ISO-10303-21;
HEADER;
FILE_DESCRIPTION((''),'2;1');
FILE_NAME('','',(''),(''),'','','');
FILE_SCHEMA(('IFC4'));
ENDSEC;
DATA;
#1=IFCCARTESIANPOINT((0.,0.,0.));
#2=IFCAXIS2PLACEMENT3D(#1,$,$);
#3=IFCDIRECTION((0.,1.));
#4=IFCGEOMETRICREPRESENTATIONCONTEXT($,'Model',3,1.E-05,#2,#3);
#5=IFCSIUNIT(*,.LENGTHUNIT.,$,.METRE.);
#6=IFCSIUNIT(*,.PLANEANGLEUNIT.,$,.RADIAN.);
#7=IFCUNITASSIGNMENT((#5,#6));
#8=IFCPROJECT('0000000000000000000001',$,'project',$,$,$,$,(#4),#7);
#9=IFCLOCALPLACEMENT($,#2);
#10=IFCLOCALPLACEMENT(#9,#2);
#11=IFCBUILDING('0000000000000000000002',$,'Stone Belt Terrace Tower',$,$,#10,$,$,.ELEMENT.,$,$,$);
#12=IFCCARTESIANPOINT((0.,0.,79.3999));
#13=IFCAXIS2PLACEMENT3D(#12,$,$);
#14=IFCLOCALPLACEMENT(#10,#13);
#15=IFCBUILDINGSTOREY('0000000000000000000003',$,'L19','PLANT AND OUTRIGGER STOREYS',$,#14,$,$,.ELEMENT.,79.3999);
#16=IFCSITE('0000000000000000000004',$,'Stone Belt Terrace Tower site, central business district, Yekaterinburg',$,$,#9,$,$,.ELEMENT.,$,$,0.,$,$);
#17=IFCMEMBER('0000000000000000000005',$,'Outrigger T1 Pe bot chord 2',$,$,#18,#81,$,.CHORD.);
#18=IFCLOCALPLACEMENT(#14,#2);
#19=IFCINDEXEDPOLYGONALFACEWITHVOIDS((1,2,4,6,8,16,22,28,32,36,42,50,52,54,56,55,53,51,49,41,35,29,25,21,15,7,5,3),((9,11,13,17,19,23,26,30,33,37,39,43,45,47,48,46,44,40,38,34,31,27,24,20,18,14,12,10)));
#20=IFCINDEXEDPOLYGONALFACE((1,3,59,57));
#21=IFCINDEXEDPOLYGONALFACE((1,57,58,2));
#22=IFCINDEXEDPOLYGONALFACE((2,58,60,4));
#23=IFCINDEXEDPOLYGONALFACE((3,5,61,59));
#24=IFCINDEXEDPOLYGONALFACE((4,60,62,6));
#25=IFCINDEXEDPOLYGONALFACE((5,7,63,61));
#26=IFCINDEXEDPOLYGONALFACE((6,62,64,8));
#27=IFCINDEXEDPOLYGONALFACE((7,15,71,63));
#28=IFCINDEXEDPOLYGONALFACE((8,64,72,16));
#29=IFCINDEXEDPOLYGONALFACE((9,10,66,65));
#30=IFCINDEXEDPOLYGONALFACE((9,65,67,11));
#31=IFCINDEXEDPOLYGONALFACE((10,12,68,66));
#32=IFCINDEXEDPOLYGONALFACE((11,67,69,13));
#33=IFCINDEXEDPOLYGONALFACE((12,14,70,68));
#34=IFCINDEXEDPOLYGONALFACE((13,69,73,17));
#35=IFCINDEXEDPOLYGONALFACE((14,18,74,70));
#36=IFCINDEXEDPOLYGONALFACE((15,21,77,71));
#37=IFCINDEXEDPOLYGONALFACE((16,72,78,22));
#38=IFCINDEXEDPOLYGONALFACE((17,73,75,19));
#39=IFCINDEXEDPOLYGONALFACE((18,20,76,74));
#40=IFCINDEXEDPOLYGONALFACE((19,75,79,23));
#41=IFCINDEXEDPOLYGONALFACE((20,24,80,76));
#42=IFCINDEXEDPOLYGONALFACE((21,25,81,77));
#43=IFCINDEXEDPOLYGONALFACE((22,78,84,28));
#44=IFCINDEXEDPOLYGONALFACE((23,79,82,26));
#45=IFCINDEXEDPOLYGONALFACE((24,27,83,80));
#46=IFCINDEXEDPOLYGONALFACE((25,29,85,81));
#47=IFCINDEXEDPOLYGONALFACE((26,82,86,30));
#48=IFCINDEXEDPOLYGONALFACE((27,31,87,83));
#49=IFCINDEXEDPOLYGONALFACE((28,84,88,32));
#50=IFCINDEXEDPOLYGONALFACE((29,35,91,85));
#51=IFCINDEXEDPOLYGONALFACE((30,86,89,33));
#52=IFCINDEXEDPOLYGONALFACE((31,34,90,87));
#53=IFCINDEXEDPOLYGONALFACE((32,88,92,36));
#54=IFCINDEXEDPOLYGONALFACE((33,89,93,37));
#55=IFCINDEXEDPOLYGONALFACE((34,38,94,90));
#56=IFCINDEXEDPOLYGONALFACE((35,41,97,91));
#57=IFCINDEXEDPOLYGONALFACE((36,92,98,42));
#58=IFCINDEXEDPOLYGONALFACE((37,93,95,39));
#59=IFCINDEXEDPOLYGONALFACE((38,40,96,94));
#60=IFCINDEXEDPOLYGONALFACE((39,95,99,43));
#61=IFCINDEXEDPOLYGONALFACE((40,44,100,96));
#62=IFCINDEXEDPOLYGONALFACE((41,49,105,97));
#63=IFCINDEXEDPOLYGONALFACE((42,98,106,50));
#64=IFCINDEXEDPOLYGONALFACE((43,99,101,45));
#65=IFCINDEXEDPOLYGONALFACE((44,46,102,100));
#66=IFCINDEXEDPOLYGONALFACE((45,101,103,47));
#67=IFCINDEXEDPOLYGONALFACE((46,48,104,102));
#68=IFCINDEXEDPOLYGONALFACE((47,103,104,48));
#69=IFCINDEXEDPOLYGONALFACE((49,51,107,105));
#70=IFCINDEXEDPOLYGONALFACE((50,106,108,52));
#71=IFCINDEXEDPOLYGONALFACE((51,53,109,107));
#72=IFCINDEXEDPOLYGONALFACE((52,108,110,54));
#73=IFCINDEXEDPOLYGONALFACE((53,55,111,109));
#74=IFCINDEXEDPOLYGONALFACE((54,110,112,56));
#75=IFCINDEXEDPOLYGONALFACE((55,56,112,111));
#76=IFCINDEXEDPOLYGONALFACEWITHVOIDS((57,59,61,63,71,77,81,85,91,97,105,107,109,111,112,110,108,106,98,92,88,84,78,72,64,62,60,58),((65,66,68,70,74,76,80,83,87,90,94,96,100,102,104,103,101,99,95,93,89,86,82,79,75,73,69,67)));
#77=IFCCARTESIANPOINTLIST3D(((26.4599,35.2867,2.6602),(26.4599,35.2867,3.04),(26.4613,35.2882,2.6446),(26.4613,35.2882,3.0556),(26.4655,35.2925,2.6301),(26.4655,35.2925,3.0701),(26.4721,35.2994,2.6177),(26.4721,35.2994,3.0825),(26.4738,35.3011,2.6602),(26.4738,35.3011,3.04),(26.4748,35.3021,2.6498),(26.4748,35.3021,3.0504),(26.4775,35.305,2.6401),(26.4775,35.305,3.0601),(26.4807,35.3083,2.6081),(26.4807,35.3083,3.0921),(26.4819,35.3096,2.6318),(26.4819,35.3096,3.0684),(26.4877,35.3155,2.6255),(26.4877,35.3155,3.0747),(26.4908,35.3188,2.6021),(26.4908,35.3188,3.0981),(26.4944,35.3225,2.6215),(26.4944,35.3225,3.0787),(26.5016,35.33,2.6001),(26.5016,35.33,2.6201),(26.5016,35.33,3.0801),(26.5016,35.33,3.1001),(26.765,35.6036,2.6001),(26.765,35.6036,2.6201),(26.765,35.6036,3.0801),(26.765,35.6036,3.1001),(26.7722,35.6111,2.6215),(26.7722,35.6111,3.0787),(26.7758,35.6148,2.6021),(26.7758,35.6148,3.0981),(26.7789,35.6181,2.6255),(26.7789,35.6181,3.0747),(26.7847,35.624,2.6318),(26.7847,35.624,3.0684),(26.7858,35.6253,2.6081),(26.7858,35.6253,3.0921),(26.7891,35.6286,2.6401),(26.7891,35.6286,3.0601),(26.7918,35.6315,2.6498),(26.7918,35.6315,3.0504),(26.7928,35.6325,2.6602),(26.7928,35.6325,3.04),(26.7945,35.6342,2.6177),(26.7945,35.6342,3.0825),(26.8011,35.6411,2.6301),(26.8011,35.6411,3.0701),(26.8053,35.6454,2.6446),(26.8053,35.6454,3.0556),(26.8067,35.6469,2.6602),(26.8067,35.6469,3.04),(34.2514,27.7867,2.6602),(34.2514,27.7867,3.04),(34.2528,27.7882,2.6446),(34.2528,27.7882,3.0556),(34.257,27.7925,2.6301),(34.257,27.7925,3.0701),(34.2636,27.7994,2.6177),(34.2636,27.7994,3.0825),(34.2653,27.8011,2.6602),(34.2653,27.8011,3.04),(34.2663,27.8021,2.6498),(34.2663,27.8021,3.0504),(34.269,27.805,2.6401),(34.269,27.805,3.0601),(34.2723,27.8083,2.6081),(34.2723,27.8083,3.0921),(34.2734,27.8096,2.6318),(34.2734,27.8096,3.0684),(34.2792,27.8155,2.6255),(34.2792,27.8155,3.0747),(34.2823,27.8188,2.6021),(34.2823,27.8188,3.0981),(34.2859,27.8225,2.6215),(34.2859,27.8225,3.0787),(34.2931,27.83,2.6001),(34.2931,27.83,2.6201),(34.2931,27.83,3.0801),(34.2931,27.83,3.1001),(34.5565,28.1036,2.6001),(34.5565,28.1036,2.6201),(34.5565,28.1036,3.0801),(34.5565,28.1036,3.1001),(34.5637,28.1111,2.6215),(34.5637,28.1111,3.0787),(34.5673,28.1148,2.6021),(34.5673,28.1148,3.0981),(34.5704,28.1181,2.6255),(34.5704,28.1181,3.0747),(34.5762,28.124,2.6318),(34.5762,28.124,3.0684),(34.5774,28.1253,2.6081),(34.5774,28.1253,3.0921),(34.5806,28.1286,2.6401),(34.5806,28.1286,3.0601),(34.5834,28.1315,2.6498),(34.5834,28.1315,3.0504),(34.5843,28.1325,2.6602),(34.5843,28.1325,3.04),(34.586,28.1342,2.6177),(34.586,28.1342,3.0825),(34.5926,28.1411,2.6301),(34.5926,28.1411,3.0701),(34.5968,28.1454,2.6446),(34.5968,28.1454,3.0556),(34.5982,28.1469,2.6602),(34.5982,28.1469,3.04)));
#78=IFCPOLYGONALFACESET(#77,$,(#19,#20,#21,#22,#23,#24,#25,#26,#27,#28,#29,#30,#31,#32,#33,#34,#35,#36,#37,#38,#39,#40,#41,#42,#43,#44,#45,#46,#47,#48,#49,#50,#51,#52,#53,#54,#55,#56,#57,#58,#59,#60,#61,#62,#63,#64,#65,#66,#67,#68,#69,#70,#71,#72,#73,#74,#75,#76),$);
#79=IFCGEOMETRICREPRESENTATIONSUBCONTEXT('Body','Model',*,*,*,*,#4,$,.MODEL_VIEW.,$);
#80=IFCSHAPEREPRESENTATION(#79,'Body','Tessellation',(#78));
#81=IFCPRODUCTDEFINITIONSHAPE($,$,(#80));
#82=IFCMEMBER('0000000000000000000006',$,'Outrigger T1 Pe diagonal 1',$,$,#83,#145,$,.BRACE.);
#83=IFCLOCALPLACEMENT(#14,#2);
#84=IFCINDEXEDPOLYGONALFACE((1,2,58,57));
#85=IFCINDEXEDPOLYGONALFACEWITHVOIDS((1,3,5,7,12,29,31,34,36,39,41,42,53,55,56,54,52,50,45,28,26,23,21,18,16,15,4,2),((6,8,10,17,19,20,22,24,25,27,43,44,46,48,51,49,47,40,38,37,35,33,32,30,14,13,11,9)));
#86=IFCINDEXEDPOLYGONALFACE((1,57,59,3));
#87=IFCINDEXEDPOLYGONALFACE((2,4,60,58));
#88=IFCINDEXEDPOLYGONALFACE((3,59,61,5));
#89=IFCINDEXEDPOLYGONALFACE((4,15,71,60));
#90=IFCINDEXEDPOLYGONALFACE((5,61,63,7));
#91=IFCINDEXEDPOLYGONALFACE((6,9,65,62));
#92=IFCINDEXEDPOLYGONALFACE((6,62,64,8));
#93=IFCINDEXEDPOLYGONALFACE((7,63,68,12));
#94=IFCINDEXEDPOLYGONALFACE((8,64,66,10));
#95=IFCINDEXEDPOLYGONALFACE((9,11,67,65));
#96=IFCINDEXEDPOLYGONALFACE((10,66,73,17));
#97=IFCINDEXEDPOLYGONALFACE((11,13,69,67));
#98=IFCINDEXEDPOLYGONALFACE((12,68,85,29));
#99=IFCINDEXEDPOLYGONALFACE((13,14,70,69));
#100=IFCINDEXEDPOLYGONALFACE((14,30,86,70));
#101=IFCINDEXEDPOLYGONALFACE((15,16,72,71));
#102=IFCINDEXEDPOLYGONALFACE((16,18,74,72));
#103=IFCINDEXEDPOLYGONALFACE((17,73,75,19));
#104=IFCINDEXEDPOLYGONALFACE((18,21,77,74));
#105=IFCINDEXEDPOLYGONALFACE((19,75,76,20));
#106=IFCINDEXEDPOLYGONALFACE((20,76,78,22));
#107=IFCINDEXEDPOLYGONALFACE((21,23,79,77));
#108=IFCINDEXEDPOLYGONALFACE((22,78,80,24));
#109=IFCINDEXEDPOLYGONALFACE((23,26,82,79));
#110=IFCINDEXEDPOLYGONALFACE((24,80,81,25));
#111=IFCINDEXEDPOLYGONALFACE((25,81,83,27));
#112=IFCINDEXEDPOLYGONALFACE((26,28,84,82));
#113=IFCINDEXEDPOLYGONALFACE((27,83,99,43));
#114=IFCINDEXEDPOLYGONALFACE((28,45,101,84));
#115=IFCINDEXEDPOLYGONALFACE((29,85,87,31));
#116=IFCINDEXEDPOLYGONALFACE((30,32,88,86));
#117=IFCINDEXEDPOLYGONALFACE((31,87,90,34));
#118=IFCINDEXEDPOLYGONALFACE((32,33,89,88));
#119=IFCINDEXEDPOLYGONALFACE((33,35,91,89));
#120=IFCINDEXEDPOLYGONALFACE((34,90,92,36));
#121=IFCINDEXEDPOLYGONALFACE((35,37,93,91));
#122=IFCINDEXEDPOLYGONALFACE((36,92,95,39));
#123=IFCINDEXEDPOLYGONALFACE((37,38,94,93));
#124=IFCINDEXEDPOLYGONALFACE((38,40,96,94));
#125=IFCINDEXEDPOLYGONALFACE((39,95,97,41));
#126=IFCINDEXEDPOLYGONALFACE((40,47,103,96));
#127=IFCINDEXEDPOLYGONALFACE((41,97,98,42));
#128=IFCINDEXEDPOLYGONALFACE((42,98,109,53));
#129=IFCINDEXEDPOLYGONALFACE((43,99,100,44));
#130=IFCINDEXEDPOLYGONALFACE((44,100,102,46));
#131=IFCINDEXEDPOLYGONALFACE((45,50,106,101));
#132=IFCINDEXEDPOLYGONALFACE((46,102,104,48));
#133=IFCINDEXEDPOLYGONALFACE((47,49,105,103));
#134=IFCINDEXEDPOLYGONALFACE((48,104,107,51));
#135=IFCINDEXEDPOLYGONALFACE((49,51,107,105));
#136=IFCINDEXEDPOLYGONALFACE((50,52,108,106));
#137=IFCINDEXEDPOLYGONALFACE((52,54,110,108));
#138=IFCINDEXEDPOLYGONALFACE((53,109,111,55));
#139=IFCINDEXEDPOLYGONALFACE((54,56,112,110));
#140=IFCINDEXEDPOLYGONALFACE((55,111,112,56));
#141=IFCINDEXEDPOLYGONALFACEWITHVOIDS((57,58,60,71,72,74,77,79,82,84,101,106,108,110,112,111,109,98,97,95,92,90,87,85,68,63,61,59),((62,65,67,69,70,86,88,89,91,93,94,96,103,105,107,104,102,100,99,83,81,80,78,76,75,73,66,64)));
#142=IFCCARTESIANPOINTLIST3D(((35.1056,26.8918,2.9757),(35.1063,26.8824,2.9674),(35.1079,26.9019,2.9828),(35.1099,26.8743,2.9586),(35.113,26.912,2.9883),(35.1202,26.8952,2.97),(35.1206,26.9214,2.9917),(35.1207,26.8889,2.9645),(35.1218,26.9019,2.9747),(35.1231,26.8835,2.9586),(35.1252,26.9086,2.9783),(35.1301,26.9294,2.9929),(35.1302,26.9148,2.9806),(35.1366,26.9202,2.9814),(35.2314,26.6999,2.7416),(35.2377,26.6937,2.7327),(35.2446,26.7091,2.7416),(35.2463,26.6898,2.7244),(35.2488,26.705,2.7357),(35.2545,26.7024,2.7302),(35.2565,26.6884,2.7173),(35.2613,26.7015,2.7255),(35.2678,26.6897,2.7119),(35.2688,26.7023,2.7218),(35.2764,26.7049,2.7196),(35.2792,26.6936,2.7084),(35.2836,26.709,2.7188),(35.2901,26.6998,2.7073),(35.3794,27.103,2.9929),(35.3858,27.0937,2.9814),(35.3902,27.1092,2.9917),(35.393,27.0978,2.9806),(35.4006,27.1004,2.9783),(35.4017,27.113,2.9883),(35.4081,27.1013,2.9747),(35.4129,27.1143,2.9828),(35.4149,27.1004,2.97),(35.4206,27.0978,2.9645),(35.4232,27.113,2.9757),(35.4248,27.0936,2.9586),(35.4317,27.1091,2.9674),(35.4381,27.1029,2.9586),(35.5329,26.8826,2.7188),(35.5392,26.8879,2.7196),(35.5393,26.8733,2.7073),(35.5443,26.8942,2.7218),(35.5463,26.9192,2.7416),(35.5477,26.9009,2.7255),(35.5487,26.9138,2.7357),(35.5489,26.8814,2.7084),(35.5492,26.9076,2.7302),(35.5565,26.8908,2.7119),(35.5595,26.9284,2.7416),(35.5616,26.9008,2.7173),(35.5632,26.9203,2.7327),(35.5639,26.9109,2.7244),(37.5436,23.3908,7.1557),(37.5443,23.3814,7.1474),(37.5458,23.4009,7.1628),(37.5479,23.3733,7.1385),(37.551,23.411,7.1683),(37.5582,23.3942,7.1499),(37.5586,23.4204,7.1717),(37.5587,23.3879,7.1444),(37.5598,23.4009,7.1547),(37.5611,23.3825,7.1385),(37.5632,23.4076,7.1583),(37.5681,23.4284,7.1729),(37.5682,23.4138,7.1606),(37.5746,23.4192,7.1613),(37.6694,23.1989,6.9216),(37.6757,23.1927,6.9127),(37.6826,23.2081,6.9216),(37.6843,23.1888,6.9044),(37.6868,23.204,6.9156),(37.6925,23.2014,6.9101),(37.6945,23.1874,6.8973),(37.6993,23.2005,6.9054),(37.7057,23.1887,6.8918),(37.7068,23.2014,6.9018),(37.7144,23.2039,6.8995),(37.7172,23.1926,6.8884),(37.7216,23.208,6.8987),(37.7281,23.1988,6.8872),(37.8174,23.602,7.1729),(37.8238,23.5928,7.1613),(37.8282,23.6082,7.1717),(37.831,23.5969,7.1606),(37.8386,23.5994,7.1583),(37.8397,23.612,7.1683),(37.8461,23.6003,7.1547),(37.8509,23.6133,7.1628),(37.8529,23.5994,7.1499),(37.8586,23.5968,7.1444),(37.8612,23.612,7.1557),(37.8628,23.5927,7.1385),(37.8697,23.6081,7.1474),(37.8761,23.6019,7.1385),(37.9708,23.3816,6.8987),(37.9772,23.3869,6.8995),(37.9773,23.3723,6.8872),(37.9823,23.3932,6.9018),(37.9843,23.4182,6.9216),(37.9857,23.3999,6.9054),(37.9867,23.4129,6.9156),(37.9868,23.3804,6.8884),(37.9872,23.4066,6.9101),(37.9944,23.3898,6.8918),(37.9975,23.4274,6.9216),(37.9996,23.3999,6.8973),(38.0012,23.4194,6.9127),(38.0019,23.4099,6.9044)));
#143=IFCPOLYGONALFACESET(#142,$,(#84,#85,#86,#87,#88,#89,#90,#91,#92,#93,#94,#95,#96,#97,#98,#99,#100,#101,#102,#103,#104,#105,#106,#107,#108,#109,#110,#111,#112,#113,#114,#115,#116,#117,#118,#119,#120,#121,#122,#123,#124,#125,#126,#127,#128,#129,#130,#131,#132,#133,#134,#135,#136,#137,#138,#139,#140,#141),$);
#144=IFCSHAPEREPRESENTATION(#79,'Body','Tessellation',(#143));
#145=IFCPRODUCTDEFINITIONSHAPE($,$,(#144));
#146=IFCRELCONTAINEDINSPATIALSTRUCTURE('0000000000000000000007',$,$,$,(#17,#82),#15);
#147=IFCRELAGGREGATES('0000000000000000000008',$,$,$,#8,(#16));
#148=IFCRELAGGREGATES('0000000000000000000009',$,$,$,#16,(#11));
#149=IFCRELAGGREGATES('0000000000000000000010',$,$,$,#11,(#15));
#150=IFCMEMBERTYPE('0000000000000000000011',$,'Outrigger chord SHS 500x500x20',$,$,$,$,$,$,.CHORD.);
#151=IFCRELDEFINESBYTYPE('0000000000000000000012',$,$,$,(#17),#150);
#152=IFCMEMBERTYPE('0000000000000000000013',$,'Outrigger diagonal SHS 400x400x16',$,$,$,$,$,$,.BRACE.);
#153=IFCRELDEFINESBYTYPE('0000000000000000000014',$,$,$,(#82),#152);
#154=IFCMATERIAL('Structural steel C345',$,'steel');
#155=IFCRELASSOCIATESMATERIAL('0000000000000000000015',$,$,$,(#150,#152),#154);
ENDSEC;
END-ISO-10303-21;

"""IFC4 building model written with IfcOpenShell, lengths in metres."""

from ifc_helpers import new_model, si_unit, direction, frame, origin, origin_2d, place, context, subcontext, project, spatial, hollow_rectangle, extrude, material, material_profile, profile_set, type_object, element, save


model = new_model("IFC4")

# Units and contexts
model_context = context("Model", 3, precision=1e-05, world=origin(), true_north=direction((0.0, 1.0)))
body_context = subcontext(model_context, "Body", "Model", "MODEL_VIEW")
ifc_project = project(units=[si_unit("LENGTHUNIT", "METRE"), si_unit("PLANEANGLEUNIT", "RADIAN")], contexts=[model_context])

# Site, building, storey
site_placement = place(None, origin())
site = spatial("IfcSite", under=ifc_project, at=site_placement, Name="Stone Belt Terrace Tower site, central business district, Yekaterinburg", CompositionType="ELEMENT", RefElevation=0.0)
building_placement = place(site_placement, origin())
building = spatial("IfcBuilding", under=site, at=building_placement, Name="Stone Belt Terrace Tower", CompositionType="ELEMENT")
storey_placement = place(building_placement, frame((0.0, 0.0, 79.3999)))
storey = spatial("IfcBuildingStorey", under=building, at=storey_placement, Name="L19", Description="PLANT AND OUTRIGGER STOREYS", CompositionType="ELEMENT", Elevation=79.3999)

# Members
ifc_material_1 = material(Name="Structural steel C345", Category="steel")
ifc_material_profile_1 = material_profile(ifc_material_1, hollow_rectangle(XDim=0.5, YDim=0.5, WallThickness=0.02, InnerFilletRadius=0.04, OuterFilletRadius=0.0601, at=origin_2d()), Name="SHS 500x500x20")
ifc_profile_set_1 = profile_set([ifc_material_profile_1], Name="Structural steel C345")
member_type_1 = type_object("IfcMemberType", Name="Outrigger chord SHS 500x500x20", PredefinedType="CHORD", material=ifc_profile_set_1)
for number, where, z_axis, x_axis, name in (
    (1, (34.4248, 27.9668, 2.8501), (-0.720456, 0.693501, 0.0), (-0.693501, -0.720456, 0.0), "Outrigger T1 Pe bot chord 2"),
):
    element("IfcMember", number, at=place(storey_placement, frame(where, z_axis=z_axis, x_axis=x_axis)), inside=storey, type_object=member_type_1, Name=name, PredefinedType="CHORD", context=body_context, shape_type="SweptSolid", body=[
        extrude(hollow_rectangle(XDim=0.5, YDim=0.5, WallThickness=0.02, InnerFilletRadius=0.04, OuterFilletRadius=0.0601, at=origin_2d()), origin(), (0.0, 0.0, 1.0), 10.8147),
    ])
ifc_material_profile_2 = material_profile(ifc_material_1, hollow_rectangle(XDim=0.3999, YDim=0.3999, WallThickness=0.0161, InnerFilletRadius=0.032, OuterFilletRadius=0.0481, at=origin_2d()), Name="SHS 400x400x16")
ifc_profile_set_2 = profile_set([ifc_material_profile_2], Name="Structural steel C345")
member_type_2 = type_object("IfcMemberType", Name="Outrigger diagonal SHS 400x400x16", PredefinedType="BRACE", material=ifc_profile_set_2)
member_1_placement = place(storey_placement, frame((37.7727, 23.4004, 7.03), z_axis=(-0.408193, 0.586169, -0.699846), x_axis=(-0.820628, -0.571463, 0.0)))
element("IfcMember", 2, at=member_1_placement, inside=storey, type_object=member_type_2, Name="Outrigger T1 Pe diagonal 1", PredefinedType="BRACE", context=body_context, shape_type="SweptSolid", body=[
    extrude(hollow_rectangle(XDim=0.3999, YDim=0.3999, WallThickness=0.0161, InnerFilletRadius=0.032, OuterFilletRadius=0.0481, at=origin_2d()), origin(), (0.0, 0.0, 1.0), 5.9727),
])

save(model, "model.ifc")
